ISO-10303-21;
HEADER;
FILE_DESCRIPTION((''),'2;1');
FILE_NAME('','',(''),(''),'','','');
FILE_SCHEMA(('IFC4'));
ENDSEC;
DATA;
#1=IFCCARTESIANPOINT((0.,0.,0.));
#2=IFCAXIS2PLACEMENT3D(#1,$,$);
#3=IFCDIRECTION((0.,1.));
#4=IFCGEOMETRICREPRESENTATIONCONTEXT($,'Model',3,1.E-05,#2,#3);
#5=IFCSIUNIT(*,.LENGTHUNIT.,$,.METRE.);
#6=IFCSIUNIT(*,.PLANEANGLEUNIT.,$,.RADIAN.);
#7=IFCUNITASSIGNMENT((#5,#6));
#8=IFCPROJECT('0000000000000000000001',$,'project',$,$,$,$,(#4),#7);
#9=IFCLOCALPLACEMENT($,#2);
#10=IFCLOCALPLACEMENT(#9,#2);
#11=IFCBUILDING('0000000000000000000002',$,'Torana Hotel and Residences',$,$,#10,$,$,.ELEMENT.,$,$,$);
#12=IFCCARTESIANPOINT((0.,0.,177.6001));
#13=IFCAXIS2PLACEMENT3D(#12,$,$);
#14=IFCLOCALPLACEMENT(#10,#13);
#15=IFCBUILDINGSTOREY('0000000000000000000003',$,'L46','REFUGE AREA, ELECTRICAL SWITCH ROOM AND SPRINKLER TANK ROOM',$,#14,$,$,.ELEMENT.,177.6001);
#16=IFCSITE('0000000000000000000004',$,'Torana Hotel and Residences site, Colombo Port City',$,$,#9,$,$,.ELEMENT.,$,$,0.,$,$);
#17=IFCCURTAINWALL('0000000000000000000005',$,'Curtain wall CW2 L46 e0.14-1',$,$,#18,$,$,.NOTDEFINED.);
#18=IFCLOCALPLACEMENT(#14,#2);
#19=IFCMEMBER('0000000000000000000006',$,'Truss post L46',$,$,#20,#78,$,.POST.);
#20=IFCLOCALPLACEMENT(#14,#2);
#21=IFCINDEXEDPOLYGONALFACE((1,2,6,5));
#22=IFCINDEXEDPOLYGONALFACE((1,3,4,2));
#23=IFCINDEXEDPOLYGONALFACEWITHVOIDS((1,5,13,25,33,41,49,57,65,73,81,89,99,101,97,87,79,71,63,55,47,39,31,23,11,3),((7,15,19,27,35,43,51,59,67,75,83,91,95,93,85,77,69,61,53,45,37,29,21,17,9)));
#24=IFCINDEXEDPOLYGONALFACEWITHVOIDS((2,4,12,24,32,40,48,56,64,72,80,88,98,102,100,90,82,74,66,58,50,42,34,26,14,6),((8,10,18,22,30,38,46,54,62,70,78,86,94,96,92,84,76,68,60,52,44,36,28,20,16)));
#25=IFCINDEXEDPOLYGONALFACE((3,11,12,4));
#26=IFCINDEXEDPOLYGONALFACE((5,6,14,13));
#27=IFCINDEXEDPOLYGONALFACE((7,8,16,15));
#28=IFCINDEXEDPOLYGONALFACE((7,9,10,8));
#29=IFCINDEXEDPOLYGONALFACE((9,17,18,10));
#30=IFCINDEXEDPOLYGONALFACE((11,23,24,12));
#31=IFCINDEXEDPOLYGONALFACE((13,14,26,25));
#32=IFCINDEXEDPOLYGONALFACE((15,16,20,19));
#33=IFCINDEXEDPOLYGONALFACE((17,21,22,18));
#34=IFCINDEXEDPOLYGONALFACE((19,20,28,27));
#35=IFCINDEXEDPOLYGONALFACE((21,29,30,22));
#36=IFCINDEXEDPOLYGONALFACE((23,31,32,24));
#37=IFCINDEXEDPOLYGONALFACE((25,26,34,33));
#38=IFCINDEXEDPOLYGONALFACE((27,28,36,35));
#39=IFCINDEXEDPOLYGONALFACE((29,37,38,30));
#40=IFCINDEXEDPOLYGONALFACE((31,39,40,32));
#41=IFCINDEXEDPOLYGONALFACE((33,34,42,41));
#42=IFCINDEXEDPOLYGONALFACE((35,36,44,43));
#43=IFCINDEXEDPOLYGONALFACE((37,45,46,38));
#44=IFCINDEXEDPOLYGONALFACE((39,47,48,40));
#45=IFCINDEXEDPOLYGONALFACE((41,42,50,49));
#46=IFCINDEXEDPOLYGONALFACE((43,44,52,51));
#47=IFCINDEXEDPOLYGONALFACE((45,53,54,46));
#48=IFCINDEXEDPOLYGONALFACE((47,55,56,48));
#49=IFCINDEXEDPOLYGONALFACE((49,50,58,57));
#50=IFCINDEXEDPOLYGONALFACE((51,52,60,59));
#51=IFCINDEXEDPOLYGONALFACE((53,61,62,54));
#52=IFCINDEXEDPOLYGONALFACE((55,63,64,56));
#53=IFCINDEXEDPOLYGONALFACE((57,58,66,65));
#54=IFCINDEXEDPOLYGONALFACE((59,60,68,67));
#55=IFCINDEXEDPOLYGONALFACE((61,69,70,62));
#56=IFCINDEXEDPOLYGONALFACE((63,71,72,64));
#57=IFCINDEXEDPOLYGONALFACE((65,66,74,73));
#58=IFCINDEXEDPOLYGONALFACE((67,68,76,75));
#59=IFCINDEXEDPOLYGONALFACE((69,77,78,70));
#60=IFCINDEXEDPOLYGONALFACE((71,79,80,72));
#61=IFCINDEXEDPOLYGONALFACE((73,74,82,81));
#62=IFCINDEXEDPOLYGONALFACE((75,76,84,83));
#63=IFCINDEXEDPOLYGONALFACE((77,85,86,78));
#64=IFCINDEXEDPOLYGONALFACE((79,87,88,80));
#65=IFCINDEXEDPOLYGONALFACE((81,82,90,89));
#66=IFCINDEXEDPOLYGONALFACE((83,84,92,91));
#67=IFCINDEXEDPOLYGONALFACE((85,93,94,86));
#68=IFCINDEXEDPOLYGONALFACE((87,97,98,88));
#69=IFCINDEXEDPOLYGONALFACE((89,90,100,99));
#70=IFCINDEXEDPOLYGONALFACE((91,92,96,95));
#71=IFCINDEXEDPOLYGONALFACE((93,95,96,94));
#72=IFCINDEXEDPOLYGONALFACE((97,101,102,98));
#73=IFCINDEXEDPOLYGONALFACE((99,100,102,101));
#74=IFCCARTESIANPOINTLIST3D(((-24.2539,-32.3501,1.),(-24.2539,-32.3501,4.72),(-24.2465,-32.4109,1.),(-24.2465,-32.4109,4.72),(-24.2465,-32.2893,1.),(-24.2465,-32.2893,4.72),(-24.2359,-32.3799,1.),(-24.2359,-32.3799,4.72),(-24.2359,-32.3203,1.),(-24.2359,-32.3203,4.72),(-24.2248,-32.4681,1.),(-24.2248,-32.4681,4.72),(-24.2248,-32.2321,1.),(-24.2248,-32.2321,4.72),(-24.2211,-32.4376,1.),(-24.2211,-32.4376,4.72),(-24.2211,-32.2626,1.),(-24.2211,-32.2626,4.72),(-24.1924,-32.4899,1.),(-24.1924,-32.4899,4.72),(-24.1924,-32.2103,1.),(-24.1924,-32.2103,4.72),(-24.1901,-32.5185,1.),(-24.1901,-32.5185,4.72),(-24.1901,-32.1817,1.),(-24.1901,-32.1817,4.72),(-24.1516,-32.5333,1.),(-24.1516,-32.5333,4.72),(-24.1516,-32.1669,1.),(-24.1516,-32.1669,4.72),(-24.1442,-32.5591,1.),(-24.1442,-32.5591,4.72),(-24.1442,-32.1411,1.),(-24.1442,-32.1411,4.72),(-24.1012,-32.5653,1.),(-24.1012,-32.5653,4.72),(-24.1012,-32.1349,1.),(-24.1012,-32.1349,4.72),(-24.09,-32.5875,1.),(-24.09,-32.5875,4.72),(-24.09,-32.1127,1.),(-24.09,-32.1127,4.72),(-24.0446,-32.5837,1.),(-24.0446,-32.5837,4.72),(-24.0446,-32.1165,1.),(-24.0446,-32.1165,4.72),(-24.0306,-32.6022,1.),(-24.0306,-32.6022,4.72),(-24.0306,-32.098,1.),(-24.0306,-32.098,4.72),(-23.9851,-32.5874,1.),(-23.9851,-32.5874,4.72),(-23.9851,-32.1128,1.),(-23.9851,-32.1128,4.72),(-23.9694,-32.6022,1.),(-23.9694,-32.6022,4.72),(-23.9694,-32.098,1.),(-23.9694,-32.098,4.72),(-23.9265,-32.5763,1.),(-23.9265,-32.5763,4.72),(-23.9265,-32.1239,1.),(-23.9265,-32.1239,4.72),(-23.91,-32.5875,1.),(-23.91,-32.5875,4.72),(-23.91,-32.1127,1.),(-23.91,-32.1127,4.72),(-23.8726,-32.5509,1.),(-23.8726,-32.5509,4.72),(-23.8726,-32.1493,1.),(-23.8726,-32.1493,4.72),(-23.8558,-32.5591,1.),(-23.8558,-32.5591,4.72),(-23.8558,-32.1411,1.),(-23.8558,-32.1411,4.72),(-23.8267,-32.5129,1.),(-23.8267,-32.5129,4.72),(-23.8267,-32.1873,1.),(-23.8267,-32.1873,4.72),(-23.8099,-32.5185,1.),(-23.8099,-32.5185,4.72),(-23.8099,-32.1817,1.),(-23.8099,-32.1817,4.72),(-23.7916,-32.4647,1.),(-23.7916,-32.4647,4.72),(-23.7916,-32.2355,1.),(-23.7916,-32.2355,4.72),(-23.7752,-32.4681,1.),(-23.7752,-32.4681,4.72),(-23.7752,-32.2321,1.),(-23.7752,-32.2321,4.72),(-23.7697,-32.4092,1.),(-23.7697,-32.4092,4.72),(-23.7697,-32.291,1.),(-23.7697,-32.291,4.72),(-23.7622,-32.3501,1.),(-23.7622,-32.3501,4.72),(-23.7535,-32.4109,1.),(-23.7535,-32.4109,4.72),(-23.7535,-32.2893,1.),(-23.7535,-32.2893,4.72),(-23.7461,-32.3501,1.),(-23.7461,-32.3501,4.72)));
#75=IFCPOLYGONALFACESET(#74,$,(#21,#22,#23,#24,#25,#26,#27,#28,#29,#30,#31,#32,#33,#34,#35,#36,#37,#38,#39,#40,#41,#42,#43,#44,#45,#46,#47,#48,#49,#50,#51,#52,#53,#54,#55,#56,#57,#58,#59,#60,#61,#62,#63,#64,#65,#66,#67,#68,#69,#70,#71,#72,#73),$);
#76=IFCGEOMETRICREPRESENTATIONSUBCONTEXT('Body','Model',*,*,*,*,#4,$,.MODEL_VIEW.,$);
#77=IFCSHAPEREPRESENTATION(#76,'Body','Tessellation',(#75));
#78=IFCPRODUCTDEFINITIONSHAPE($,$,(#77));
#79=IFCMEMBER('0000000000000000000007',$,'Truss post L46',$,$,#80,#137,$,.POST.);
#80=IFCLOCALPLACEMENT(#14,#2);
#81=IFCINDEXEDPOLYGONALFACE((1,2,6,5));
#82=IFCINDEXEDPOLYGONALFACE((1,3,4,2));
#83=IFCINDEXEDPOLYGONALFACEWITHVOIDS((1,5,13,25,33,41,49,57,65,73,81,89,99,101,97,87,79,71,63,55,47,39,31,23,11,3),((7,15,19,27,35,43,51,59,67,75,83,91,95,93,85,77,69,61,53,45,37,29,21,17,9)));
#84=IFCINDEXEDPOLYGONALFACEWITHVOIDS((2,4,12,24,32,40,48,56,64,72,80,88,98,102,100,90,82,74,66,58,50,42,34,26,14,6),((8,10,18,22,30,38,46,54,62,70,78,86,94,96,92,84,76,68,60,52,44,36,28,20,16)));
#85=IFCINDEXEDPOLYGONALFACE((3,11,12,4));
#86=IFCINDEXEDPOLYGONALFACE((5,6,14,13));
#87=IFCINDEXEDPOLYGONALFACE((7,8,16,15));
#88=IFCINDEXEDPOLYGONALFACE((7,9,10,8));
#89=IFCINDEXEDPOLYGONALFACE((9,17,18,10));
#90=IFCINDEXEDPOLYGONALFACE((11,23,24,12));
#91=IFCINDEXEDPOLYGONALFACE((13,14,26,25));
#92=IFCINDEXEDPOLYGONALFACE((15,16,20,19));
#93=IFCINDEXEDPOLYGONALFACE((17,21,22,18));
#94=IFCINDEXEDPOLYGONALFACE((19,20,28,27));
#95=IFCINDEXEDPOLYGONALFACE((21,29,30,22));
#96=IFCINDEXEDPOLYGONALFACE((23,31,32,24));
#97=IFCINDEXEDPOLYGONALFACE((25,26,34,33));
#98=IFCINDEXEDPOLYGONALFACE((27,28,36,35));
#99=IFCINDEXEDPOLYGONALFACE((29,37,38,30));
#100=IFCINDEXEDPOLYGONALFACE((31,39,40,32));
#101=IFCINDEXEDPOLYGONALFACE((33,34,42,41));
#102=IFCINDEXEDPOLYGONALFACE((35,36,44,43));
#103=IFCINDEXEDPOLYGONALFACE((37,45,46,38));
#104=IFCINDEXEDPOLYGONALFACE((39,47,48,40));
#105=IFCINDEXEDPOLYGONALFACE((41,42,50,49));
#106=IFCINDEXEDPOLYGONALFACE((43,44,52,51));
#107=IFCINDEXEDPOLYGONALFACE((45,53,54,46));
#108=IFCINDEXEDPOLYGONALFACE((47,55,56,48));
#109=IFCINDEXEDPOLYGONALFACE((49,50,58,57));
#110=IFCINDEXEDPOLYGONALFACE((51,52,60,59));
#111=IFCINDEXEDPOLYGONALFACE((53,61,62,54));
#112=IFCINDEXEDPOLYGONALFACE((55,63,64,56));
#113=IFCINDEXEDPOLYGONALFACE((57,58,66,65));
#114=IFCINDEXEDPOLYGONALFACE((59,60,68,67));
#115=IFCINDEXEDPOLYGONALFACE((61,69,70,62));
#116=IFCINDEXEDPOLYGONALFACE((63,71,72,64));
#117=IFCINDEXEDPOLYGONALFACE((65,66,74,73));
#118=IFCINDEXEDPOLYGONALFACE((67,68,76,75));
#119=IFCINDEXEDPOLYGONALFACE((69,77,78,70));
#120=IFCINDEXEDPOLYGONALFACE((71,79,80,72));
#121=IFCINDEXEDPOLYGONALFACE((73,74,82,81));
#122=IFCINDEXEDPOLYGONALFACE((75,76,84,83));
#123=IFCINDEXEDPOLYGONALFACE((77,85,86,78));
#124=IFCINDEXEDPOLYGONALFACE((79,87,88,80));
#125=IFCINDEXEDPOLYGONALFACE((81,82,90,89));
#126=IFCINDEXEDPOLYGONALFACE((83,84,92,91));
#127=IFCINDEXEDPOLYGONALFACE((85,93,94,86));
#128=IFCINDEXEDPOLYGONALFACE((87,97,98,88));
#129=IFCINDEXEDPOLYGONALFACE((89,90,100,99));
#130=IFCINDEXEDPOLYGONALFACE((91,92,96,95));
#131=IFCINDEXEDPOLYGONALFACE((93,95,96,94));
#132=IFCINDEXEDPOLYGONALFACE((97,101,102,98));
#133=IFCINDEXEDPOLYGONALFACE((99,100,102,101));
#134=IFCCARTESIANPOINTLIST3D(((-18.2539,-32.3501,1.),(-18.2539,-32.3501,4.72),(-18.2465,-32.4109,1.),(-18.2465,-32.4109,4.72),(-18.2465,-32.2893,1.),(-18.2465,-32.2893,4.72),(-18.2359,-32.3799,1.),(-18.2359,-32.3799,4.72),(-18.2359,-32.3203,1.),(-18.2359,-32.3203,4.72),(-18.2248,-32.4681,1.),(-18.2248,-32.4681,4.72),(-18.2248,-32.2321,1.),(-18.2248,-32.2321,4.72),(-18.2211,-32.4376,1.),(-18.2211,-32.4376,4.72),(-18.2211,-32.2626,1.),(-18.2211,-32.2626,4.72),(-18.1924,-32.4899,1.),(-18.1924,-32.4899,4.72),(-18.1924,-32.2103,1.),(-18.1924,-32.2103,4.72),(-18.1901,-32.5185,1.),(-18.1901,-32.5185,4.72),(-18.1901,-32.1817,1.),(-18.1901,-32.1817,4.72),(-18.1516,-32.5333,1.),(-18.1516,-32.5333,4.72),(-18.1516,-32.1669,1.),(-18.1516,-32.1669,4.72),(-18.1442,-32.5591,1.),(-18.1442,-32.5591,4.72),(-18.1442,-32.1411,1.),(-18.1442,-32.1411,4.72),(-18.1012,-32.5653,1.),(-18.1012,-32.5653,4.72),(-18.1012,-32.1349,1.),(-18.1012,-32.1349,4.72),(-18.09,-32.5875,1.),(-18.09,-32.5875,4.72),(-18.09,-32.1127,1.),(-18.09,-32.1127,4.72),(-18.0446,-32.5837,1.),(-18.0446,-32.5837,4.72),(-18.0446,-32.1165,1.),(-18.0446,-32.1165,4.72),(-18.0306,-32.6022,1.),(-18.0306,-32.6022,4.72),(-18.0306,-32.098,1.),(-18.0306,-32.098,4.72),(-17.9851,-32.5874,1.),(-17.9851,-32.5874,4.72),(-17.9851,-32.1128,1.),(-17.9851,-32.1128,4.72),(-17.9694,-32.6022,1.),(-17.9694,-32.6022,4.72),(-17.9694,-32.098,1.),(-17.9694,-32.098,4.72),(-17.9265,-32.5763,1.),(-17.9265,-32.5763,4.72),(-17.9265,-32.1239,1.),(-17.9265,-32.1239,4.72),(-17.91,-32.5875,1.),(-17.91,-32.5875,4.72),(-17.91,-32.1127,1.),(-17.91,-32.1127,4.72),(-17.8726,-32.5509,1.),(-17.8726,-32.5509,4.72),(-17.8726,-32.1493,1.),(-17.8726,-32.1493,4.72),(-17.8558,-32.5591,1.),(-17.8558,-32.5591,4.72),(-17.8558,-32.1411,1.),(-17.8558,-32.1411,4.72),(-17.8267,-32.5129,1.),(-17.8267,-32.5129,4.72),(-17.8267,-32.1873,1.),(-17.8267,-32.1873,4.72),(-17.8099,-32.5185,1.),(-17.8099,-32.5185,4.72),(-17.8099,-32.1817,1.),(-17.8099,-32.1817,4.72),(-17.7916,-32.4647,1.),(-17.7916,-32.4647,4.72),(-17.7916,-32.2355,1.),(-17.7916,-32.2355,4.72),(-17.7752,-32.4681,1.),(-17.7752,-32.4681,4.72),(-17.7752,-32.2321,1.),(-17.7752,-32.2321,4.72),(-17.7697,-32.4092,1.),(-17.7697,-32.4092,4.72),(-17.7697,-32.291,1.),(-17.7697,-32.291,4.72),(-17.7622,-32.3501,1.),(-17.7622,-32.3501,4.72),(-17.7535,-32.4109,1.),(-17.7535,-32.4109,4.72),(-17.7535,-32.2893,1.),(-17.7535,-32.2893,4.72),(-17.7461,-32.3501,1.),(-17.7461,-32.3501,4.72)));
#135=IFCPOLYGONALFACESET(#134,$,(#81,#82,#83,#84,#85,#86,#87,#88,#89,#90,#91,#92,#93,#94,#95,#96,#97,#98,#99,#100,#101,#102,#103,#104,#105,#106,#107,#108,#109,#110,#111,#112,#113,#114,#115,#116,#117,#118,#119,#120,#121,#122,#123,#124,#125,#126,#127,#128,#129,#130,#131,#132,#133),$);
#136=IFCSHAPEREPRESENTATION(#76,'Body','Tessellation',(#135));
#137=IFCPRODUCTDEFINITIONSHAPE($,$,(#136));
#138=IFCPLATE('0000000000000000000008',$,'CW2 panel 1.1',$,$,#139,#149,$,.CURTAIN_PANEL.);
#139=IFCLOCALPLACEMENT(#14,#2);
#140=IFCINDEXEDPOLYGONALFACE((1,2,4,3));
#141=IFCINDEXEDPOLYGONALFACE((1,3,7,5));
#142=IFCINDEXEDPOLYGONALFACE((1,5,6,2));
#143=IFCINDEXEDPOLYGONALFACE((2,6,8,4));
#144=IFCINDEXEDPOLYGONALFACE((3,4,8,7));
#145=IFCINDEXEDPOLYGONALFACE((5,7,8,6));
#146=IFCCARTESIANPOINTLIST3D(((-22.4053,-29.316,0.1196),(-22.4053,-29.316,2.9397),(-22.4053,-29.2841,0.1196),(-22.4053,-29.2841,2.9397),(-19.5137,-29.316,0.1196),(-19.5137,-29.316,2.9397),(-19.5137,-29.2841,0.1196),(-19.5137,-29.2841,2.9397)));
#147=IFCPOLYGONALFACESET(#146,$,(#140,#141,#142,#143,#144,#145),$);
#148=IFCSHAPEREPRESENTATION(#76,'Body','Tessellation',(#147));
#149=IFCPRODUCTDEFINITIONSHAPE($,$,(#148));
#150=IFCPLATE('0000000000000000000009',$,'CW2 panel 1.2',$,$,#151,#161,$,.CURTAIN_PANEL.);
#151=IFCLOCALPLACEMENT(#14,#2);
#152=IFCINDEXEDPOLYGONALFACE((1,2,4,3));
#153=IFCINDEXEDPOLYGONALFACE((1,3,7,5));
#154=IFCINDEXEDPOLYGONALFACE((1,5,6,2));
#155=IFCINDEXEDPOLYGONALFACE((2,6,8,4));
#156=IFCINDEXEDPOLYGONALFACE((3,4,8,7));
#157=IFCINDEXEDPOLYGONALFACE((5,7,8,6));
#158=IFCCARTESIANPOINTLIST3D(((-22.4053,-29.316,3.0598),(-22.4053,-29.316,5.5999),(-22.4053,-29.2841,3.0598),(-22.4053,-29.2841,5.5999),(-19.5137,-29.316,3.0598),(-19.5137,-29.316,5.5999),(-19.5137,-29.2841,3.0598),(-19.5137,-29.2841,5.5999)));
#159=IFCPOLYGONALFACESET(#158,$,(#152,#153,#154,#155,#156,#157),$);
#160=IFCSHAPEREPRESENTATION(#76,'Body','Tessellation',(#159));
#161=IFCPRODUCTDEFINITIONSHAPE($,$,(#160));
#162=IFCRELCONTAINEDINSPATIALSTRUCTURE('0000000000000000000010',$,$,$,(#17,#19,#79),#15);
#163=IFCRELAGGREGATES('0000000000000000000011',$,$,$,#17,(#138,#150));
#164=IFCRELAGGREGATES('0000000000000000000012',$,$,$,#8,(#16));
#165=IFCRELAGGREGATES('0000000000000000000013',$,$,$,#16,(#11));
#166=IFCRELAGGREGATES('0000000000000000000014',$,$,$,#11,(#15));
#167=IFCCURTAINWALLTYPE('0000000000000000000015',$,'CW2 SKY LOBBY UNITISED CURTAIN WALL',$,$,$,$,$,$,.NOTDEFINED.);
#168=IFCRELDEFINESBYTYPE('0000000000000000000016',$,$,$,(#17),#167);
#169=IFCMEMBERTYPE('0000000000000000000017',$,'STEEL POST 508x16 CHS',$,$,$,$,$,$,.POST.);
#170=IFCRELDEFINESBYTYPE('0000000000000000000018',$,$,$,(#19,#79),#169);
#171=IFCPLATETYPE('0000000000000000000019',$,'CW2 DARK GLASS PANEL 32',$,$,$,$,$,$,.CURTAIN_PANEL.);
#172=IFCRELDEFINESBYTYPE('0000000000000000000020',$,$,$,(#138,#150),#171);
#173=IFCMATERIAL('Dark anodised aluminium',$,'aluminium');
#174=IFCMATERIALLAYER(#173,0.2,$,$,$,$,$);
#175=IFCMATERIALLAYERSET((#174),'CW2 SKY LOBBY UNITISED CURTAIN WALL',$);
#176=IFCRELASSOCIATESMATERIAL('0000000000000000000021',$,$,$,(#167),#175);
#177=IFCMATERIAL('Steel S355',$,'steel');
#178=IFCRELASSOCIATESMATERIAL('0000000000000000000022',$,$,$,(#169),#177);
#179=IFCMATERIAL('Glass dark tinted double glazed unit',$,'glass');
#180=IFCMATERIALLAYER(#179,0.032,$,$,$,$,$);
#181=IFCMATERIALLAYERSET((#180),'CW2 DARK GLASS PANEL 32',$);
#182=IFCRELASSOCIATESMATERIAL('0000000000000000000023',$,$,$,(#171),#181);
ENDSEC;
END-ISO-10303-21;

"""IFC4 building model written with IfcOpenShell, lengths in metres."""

from ifc_helpers import new_model, si_unit, direction, frame, origin, origin_2d, place, context, subcontext, project, spatial, rectangle, hollow_circle, extrude, material, layer, layer_set, material_profile, profile_set, type_object, element, aggregate, save


model = new_model("IFC4")

# Units and contexts
model_context = context("Model", 3, precision=1e-05, world=origin(), true_north=direction((0.0, 1.0)))
body_context = subcontext(model_context, "Body", "Model", "MODEL_VIEW")
ifc_project = project(units=[si_unit("LENGTHUNIT", "METRE"), si_unit("PLANEANGLEUNIT", "RADIAN")], contexts=[model_context])

# Site, building, storey
site_placement = place(None, origin())
site = spatial("IfcSite", under=ifc_project, at=site_placement, Name="Torana Hotel and Residences site, Colombo Port City", CompositionType="ELEMENT", RefElevation=0.0)
building_placement = place(site_placement, origin())
building = spatial("IfcBuilding", under=site, at=building_placement, Name="Torana Hotel and Residences", CompositionType="ELEMENT")
storey_placement = place(building_placement, frame((0.0, 0.0, 177.6001)))
storey = spatial("IfcBuildingStorey", under=building, at=storey_placement, Name="L46", Description="REFUGE AREA, ELECTRICAL SWITCH ROOM AND SPRINKLER TANK ROOM", CompositionType="ELEMENT", Elevation=177.6001)

# Curtain wall
ifc_material_1 = material(Name="Dark anodised aluminium", Category="aluminium")
ifc_layer_1 = layer(ifc_material_1, 0.2)
ifc_layer_set_1 = layer_set([ifc_layer_1], Name="CW2 SKY LOBBY UNITISED CURTAIN WALL")
curtain_wall_type = type_object("IfcCurtainWallType", Name="CW2 SKY LOBBY UNITISED CURTAIN WALL", PredefinedType="NOTDEFINED", material=ifc_layer_set_1)
curtain_wall_placement = place(storey_placement, origin())
curtain_wall = element("IfcCurtainWall", 1, at=curtain_wall_placement, inside=storey, type_object=curtain_wall_type, Name="Curtain wall CW2 L46 e0.14-1", PredefinedType="NOTDEFINED")

# Members
ifc_material_2 = material(Name="Steel S355", Category="steel")
ifc_material_profile_1 = material_profile(ifc_material_2, hollow_circle(Radius=0.2539, WallThickness=0.0161, at=origin_2d()), Name="508x16 CHS")
ifc_profile_set_1 = profile_set([ifc_material_profile_1], Name="Steel S355")
member_type_1 = type_object("IfcMemberType", Name="STEEL POST 508x16 CHS", PredefinedType="POST", material=ifc_profile_set_1)
for number, where, z_axis, x_axis, name in (
    (2, (-24.0, -32.3501, 1.0), (0.0, 0.0, 1.0), (1.0, 0.0, 0.0), "Truss post L46"),
    (3, (-18.0, -32.3501, 1.0), (0.0, 0.0, 1.0), (1.0, 0.0, 0.0), "Truss post L46"),
):
    element("IfcMember", number, at=place(storey_placement, frame(where, z_axis=z_axis, x_axis=x_axis)), inside=storey, type_object=member_type_1, Name=name, PredefinedType="POST", context=body_context, shape_type="SweptSolid", body=[
        extrude(hollow_circle(Radius=0.2539, WallThickness=0.0161, at=origin_2d()), origin(), (0.0, 0.0, 1.0), 3.72),
    ])

# Plates
ifc_material_3 = material(Name="Glass dark tinted double glazed unit", Category="glass")
ifc_layer_2 = layer(ifc_material_3, 0.032)
ifc_layer_set_2 = layer_set([ifc_layer_2], Name="CW2 DARK GLASS PANEL 32")
plate_type = type_object("IfcPlateType", Name="CW2 DARK GLASS PANEL 32", PredefinedType="CURTAIN_PANEL", material=ifc_layer_set_2)
plate_1_placement = place(storey_placement, frame((-20.9595, -29.3, 0.1196), z_axis=(0.0, 0.0, 1.0), x_axis=(1.0, 0.0, 0.0)))
plate_1 = element("IfcPlate", 4, at=plate_1_placement, type_object=plate_type, Name="CW2 panel 1.1", PredefinedType="CURTAIN_PANEL", context=body_context, shape_type="SweptSolid", body=[
    extrude(rectangle(XDim=2.8916, YDim=0.032, at=origin_2d()), origin(), (0.0, 0.0, 1.0), 2.8201),
])
plate_2_placement = place(storey_placement, frame((-20.9595, -29.3, 3.0598), z_axis=(0.0, 0.0, 1.0), x_axis=(1.0, 0.0, 0.0)))
plate_2 = element("IfcPlate", 5, at=plate_2_placement, type_object=plate_type, Name="CW2 panel 1.2", PredefinedType="CURTAIN_PANEL", context=body_context, shape_type="SweptSolid", body=[
    extrude(rectangle(XDim=2.8916, YDim=0.032, at=origin_2d()), origin(), (0.0, 0.0, 1.0), 2.54),
])
aggregate(curtain_wall, [plate_1, plate_2])

save(model, "model.ifc")
